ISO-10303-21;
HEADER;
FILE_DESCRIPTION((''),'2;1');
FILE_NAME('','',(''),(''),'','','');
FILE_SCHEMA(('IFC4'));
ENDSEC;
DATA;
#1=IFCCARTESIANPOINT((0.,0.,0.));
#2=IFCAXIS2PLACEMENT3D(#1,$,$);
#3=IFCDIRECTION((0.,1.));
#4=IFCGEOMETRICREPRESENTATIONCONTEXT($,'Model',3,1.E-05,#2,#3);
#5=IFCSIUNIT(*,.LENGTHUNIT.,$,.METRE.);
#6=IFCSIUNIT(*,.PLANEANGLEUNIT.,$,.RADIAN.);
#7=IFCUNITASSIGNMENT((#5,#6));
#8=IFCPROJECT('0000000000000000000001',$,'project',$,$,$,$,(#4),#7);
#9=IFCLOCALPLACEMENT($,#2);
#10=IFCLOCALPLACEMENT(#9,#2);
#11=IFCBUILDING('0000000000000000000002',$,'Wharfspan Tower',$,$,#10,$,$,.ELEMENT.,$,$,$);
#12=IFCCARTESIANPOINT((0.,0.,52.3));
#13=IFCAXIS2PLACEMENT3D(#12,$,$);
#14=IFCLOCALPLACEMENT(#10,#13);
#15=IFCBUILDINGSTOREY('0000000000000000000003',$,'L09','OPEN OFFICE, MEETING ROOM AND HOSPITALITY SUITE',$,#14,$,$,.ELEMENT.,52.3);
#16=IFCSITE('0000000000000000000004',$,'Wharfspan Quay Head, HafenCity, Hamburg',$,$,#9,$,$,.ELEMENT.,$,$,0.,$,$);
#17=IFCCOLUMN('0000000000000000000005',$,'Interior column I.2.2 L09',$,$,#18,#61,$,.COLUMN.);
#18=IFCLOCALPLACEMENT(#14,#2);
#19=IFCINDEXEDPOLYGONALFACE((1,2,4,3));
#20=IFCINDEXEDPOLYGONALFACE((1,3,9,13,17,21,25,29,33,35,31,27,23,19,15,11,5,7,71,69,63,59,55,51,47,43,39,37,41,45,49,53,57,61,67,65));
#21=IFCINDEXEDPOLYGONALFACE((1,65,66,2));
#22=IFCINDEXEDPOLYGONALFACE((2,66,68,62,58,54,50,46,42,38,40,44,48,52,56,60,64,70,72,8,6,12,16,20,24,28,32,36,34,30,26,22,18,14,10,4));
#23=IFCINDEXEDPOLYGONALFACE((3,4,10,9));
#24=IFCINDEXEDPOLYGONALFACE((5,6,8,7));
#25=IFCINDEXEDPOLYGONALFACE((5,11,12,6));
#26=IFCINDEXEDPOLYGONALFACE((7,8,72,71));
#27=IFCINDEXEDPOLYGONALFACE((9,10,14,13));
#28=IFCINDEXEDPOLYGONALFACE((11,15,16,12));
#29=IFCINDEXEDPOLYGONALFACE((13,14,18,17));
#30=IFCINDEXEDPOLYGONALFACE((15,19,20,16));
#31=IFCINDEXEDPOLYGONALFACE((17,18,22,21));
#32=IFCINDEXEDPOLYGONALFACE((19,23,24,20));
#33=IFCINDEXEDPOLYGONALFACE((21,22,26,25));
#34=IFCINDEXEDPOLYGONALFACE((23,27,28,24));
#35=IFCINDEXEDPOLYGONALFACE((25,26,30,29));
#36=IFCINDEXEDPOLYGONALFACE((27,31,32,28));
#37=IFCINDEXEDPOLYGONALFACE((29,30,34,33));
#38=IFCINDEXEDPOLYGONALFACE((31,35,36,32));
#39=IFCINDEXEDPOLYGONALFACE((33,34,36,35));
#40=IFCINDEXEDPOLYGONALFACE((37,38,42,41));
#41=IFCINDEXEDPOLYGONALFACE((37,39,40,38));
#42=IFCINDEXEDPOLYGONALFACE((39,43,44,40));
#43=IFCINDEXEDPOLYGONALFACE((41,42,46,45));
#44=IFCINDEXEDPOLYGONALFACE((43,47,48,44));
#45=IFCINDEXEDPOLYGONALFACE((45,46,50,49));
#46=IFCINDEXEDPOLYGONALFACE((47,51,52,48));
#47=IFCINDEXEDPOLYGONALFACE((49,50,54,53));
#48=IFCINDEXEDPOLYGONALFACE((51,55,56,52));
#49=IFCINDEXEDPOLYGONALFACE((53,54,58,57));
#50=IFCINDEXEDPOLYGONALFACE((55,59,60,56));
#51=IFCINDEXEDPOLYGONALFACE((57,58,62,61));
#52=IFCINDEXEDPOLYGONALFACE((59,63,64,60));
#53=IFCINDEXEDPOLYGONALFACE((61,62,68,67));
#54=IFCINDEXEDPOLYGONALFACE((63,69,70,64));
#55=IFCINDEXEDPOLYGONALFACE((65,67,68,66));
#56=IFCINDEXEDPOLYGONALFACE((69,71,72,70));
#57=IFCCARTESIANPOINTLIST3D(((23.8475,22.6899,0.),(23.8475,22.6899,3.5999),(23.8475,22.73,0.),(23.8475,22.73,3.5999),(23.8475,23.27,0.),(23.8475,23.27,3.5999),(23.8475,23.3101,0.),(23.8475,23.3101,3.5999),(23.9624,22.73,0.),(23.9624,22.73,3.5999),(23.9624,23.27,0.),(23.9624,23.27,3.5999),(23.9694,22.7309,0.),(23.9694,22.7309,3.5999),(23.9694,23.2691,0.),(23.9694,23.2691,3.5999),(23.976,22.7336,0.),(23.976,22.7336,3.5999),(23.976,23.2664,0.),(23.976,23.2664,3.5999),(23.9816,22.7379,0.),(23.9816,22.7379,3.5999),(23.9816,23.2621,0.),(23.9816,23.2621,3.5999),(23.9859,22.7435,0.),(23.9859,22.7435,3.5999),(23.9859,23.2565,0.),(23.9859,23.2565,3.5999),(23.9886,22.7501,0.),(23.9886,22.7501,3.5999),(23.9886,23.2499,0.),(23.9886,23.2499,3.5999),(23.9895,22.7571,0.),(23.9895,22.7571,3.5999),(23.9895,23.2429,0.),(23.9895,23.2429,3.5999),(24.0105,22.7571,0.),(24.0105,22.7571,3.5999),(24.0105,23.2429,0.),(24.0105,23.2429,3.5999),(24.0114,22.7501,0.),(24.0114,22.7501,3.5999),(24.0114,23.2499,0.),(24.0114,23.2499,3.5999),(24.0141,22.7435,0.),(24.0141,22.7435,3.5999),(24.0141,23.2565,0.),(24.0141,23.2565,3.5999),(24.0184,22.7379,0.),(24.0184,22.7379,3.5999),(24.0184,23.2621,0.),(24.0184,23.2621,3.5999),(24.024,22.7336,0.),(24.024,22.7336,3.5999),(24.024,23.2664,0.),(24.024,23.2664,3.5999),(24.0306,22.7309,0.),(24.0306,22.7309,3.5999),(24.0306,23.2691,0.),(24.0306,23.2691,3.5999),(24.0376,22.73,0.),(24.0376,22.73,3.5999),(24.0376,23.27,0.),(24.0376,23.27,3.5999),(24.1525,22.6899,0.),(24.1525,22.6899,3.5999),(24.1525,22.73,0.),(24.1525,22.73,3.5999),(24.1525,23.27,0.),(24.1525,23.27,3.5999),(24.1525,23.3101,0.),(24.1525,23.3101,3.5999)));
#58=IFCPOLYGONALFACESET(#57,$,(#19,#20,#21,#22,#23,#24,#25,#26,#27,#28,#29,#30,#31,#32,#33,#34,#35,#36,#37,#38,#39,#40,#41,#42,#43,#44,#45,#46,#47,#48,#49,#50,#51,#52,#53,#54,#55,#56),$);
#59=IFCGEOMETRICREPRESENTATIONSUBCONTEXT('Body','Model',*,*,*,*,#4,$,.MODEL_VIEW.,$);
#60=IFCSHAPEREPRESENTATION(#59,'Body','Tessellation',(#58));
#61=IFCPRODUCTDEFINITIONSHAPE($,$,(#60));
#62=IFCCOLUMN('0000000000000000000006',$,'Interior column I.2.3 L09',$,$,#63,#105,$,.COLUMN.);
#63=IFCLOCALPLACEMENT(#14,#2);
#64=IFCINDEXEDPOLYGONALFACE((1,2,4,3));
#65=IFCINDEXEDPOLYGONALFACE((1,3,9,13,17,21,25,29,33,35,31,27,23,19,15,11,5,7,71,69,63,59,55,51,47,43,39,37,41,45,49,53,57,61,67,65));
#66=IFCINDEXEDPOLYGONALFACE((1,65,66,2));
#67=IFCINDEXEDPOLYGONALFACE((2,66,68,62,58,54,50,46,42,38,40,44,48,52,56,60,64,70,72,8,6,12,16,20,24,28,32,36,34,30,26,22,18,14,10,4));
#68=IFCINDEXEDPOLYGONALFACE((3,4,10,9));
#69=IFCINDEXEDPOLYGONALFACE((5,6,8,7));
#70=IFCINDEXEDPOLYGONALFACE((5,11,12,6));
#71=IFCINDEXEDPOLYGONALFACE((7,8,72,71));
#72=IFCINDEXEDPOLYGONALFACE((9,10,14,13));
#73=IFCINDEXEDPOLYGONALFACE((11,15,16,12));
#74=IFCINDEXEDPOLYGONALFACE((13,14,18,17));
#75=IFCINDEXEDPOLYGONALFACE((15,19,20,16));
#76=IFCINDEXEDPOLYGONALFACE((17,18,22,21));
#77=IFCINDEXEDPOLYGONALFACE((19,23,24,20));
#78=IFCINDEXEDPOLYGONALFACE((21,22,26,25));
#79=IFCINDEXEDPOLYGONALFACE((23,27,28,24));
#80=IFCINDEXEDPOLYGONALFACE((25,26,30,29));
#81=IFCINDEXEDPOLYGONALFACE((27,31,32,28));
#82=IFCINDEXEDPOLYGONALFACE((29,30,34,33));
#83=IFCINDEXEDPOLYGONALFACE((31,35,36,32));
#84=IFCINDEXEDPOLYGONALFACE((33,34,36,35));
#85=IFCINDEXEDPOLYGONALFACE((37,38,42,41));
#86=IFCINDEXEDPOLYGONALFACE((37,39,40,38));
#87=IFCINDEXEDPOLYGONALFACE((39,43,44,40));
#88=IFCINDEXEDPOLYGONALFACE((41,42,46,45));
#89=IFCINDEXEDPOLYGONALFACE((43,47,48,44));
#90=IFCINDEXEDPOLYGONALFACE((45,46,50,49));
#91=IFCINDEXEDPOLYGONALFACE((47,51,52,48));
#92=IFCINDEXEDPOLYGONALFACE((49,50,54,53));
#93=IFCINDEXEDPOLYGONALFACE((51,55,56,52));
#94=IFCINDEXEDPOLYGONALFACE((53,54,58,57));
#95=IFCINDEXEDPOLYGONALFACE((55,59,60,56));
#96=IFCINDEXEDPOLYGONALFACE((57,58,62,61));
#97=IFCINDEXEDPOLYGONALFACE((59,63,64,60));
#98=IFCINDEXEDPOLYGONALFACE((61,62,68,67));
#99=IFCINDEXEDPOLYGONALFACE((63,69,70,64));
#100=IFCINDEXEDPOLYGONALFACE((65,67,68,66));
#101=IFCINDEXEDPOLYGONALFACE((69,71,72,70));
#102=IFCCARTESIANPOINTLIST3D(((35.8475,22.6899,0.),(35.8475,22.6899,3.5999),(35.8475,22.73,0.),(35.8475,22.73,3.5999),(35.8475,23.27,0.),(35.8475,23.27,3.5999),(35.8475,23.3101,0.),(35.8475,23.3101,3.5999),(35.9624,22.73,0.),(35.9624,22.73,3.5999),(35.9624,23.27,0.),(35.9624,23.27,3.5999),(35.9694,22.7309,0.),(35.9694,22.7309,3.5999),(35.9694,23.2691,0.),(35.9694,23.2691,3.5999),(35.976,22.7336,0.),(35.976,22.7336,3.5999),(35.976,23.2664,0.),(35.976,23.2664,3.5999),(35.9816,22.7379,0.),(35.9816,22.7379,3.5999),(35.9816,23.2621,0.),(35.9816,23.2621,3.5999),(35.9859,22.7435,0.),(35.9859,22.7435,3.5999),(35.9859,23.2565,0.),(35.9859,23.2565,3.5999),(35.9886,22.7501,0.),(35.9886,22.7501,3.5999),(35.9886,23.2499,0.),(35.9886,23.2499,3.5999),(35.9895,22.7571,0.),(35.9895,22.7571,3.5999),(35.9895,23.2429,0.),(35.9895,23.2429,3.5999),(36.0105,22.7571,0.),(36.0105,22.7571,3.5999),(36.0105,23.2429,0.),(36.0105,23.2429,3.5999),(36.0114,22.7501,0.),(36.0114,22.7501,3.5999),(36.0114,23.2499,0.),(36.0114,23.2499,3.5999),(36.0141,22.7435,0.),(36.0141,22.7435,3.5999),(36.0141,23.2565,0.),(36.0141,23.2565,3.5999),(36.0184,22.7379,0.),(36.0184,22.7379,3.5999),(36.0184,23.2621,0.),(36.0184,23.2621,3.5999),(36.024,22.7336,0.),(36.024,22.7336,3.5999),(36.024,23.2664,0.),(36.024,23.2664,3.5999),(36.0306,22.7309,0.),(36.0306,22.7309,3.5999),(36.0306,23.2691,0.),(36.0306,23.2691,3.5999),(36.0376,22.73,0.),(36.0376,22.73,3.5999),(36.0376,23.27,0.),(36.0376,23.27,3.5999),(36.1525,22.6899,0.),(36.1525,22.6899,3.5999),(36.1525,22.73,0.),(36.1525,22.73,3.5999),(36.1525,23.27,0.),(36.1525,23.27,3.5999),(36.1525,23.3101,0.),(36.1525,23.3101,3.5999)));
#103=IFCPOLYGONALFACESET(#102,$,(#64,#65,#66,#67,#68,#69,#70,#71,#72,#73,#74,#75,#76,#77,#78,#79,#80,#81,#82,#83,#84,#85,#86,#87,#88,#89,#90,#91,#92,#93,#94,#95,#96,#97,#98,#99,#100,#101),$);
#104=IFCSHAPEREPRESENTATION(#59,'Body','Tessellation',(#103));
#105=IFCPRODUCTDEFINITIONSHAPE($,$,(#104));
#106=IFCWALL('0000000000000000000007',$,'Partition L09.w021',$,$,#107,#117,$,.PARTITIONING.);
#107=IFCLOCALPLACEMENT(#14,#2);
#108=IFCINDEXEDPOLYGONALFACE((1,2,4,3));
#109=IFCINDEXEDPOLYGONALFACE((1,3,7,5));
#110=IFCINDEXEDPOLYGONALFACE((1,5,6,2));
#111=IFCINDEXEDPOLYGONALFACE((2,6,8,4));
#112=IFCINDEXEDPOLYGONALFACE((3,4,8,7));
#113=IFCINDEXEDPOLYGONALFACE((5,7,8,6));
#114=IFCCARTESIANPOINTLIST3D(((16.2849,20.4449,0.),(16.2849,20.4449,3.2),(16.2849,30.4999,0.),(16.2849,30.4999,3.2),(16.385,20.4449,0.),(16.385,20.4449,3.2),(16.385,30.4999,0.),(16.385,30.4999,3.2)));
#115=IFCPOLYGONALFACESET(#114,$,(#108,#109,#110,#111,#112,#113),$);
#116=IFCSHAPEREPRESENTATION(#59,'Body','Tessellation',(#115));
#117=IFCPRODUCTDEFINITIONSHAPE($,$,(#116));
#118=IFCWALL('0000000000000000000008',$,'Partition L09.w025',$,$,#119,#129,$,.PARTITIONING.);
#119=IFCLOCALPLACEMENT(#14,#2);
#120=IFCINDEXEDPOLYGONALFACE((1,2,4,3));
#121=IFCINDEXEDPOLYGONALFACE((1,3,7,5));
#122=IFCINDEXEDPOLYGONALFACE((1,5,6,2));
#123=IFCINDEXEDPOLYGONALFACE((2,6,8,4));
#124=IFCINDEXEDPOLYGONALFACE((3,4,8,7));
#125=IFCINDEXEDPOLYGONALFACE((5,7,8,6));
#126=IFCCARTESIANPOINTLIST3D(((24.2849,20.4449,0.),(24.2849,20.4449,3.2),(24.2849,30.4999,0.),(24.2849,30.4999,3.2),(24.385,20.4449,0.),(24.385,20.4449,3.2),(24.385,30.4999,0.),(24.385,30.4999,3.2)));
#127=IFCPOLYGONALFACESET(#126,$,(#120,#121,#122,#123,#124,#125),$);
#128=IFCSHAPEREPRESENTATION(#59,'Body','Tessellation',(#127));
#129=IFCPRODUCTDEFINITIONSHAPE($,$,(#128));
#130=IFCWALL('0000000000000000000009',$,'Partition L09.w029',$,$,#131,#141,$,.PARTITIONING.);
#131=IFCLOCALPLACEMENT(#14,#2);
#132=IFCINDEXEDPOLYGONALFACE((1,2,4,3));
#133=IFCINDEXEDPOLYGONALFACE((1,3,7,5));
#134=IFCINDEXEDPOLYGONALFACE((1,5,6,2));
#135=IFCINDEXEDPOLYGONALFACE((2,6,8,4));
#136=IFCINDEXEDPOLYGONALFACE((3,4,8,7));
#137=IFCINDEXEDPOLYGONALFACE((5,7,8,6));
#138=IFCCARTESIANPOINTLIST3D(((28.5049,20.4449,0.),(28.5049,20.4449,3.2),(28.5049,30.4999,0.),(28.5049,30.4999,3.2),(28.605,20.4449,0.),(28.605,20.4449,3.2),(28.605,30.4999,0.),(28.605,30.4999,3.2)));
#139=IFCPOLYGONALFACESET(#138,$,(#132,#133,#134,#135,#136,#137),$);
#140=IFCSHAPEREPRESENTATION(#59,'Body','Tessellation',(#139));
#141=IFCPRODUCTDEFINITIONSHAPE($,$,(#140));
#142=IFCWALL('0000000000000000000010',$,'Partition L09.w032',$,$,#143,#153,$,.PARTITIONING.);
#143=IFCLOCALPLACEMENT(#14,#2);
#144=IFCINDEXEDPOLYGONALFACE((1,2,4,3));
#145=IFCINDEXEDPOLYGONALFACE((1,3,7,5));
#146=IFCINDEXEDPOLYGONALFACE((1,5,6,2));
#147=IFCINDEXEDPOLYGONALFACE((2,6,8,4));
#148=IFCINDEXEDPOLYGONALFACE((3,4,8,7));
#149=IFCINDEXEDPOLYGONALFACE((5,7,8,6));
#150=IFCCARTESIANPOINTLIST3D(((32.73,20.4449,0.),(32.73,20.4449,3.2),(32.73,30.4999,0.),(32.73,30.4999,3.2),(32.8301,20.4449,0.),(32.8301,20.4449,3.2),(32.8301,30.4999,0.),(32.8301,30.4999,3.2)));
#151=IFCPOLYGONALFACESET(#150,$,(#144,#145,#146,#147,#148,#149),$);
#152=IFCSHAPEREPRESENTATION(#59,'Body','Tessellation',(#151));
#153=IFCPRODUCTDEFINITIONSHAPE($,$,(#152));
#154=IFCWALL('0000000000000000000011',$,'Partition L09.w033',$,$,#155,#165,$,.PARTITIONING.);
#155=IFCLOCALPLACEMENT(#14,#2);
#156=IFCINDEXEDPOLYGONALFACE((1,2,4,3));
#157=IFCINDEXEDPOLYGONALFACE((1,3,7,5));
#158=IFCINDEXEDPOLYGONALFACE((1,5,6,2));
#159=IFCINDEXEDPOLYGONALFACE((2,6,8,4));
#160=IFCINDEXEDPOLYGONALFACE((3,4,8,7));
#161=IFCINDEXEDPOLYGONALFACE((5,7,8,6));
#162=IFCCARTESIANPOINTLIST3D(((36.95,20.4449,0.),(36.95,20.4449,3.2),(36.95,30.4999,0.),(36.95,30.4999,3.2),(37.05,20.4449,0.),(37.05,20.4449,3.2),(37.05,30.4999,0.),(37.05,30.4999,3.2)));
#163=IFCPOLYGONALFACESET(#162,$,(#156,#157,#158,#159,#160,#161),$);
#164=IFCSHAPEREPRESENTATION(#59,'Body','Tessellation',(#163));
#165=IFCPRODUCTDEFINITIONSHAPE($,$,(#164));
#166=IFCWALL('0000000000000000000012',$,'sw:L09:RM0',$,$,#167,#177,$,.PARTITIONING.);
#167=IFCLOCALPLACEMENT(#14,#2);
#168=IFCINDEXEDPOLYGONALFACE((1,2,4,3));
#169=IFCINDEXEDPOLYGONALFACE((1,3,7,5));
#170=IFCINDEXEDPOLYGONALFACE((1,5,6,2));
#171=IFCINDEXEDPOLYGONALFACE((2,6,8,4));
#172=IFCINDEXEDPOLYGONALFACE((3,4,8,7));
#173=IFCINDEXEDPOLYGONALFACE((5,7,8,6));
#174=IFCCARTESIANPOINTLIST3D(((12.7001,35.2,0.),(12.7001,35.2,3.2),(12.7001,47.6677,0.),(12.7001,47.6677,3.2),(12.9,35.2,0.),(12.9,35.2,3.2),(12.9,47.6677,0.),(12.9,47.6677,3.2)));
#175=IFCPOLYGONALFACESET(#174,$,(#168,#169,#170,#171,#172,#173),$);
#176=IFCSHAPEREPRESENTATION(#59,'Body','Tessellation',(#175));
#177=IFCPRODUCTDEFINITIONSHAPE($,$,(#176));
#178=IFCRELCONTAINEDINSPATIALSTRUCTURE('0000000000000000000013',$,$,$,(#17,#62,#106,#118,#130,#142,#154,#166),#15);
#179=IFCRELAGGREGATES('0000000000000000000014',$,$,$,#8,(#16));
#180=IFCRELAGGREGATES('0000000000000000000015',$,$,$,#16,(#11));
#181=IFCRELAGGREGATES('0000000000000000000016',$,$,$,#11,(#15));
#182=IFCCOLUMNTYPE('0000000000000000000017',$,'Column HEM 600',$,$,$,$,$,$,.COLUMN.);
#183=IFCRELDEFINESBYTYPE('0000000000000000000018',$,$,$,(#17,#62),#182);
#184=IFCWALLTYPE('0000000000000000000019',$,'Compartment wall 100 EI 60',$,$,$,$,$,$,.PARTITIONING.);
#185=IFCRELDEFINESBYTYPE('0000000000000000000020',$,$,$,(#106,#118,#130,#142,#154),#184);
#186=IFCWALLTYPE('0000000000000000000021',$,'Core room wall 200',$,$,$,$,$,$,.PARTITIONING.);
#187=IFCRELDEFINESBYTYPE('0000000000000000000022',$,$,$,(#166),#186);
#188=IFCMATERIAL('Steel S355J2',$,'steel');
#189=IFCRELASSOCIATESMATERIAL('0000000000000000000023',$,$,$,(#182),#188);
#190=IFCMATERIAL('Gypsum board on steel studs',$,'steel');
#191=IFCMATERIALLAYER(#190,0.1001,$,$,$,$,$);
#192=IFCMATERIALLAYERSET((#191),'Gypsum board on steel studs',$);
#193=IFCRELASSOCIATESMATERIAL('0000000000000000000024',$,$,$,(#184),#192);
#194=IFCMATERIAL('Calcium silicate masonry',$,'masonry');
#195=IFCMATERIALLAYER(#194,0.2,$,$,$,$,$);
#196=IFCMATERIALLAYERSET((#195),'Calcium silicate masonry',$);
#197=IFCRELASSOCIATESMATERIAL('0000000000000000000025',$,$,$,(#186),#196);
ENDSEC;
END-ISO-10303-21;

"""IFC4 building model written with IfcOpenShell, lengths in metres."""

from ifc_helpers import new_model, si_unit, direction, frame, frame_2d, origin, origin_2d, place, context, subcontext, project, spatial, rectangle, i_section, extrude, material, layer, layer_set, material_profile, profile_set, type_object, element, save


model = new_model("IFC4")

# Units and contexts
model_context = context("Model", 3, precision=1e-05, world=origin(), true_north=direction((0.0, 1.0)))
body_context = subcontext(model_context, "Body", "Model", "MODEL_VIEW")
ifc_project = project(units=[si_unit("LENGTHUNIT", "METRE"), si_unit("PLANEANGLEUNIT", "RADIAN")], contexts=[model_context])

# Site, building, storey
site_placement = place(None, origin())
site = spatial("IfcSite", under=ifc_project, at=site_placement, Name="Wharfspan Quay Head, HafenCity, Hamburg", CompositionType="ELEMENT", RefElevation=0.0)
building_placement = place(site_placement, origin())
building = spatial("IfcBuilding", under=site, at=building_placement, Name="Wharfspan Tower", CompositionType="ELEMENT")
storey_placement = place(building_placement, frame((0.0, 0.0, 52.3)))
storey = spatial("IfcBuildingStorey", under=building, at=storey_placement, Name="L09", Description="OPEN OFFICE, MEETING ROOM AND HOSPITALITY SUITE", CompositionType="ELEMENT", Elevation=52.3)

# Columns
ifc_material_1 = material(Name="Steel S355J2", Category="steel")
ifc_material_profile = material_profile(ifc_material_1, i_section(OverallWidth=0.3049, OverallDepth=0.6201, WebThickness=0.021, FlangeThickness=0.04, FilletRadius=0.0271, at=origin_2d()))
ifc_profile_set = profile_set([ifc_material_profile], Name="Steel S355J2")
column_type = type_object("IfcColumnType", Name="Column HEM 600", PredefinedType="COLUMN", material=ifc_profile_set)
for number, where, z_axis, x_axis, name in (
    (1, (24.0, 23.0, 0.0), (0.0, 0.0, 1.0), (1.0, 0.0, 0.0), "Interior column I.2.2 L09"),
    (2, (36.0, 23.0, 0.0), (0.0, 0.0, 1.0), (1.0, 0.0, 0.0), "Interior column I.2.3 L09"),
):
    element("IfcColumn", number, at=place(storey_placement, frame(where, z_axis=z_axis, x_axis=x_axis)), inside=storey, type_object=column_type, Name=name, PredefinedType="COLUMN", context=body_context, shape_type="SweptSolid", body=[
        extrude(i_section(OverallWidth=0.3049, OverallDepth=0.6201, WebThickness=0.021, FlangeThickness=0.04, FilletRadius=0.0271, at=origin_2d()), origin(), (0.0, 0.0, 1.0), 3.5999),
    ])

# Walls
ifc_material_2 = material(Name="Gypsum board on steel studs", Category="steel")
ifc_layer_1 = layer(ifc_material_2, 0.1001)
ifc_layer_set_1 = layer_set([ifc_layer_1], Name="Gypsum board on steel studs")
wall_type_1 = type_object("IfcWallType", Name="Compartment wall 100 EI 60", PredefinedType="PARTITIONING", material=ifc_layer_set_1)
for number, where, z_axis, x_axis, name in (
    (3, (16.335, 20.4451, 0.0), (0.0, 0.0, 1.0), (0.0, 1.0, 0.0), "Partition L09.w021"),
    (4, (24.335, 20.4451, 0.0), (0.0, 0.0, 1.0), (0.0, 1.0, 0.0), "Partition L09.w025"),
    (5, (28.5549, 20.4451, 0.0), (0.0, 0.0, 1.0), (0.0, 1.0, 0.0), "Partition L09.w029"),
    (6, (32.78, 20.4451, 0.0), (0.0, 0.0, 1.0), (0.0, 1.0, 0.0), "Partition L09.w032"),
    (7, (37.0, 20.4451, 0.0), (0.0, 0.0, 1.0), (0.0, 1.0, 0.0), "Partition L09.w033"),
):
    element("IfcWall", number, at=place(storey_placement, frame(where, z_axis=z_axis, x_axis=x_axis)), inside=storey, type_object=wall_type_1, Name=name, PredefinedType="PARTITIONING", context=body_context, shape_type="SweptSolid", body=[
        extrude(rectangle(XDim=10.0549, YDim=0.1001, at=frame_2d((5.0273, 0.0))), origin(), (0.0, 0.0, 1.0), 3.2),
    ])
ifc_material_3 = material(Name="Calcium silicate masonry", Category="masonry")
ifc_layer_2 = layer(ifc_material_3, 0.2)
ifc_layer_set_2 = layer_set([ifc_layer_2], Name="Calcium silicate masonry")
wall_type_2 = type_object("IfcWallType", Name="Core room wall 200", PredefinedType="PARTITIONING", material=ifc_layer_set_2)
wall_1_placement = place(storey_placement, frame((12.8, 35.2, 0.0), z_axis=(0.0, 0.0, 1.0), x_axis=(0.0, 1.0, 0.0)))
element("IfcWall", 8, at=wall_1_placement, inside=storey, type_object=wall_type_2, Name="sw:L09:RM0", PredefinedType="PARTITIONING", context=body_context, shape_type="SweptSolid", body=[
    extrude(rectangle(XDim=12.4678, YDim=0.2, at=frame_2d((6.2339, 0.0))), origin(), (0.0, 0.0, 1.0), 3.2),
])

save(model, "model.ifc")
